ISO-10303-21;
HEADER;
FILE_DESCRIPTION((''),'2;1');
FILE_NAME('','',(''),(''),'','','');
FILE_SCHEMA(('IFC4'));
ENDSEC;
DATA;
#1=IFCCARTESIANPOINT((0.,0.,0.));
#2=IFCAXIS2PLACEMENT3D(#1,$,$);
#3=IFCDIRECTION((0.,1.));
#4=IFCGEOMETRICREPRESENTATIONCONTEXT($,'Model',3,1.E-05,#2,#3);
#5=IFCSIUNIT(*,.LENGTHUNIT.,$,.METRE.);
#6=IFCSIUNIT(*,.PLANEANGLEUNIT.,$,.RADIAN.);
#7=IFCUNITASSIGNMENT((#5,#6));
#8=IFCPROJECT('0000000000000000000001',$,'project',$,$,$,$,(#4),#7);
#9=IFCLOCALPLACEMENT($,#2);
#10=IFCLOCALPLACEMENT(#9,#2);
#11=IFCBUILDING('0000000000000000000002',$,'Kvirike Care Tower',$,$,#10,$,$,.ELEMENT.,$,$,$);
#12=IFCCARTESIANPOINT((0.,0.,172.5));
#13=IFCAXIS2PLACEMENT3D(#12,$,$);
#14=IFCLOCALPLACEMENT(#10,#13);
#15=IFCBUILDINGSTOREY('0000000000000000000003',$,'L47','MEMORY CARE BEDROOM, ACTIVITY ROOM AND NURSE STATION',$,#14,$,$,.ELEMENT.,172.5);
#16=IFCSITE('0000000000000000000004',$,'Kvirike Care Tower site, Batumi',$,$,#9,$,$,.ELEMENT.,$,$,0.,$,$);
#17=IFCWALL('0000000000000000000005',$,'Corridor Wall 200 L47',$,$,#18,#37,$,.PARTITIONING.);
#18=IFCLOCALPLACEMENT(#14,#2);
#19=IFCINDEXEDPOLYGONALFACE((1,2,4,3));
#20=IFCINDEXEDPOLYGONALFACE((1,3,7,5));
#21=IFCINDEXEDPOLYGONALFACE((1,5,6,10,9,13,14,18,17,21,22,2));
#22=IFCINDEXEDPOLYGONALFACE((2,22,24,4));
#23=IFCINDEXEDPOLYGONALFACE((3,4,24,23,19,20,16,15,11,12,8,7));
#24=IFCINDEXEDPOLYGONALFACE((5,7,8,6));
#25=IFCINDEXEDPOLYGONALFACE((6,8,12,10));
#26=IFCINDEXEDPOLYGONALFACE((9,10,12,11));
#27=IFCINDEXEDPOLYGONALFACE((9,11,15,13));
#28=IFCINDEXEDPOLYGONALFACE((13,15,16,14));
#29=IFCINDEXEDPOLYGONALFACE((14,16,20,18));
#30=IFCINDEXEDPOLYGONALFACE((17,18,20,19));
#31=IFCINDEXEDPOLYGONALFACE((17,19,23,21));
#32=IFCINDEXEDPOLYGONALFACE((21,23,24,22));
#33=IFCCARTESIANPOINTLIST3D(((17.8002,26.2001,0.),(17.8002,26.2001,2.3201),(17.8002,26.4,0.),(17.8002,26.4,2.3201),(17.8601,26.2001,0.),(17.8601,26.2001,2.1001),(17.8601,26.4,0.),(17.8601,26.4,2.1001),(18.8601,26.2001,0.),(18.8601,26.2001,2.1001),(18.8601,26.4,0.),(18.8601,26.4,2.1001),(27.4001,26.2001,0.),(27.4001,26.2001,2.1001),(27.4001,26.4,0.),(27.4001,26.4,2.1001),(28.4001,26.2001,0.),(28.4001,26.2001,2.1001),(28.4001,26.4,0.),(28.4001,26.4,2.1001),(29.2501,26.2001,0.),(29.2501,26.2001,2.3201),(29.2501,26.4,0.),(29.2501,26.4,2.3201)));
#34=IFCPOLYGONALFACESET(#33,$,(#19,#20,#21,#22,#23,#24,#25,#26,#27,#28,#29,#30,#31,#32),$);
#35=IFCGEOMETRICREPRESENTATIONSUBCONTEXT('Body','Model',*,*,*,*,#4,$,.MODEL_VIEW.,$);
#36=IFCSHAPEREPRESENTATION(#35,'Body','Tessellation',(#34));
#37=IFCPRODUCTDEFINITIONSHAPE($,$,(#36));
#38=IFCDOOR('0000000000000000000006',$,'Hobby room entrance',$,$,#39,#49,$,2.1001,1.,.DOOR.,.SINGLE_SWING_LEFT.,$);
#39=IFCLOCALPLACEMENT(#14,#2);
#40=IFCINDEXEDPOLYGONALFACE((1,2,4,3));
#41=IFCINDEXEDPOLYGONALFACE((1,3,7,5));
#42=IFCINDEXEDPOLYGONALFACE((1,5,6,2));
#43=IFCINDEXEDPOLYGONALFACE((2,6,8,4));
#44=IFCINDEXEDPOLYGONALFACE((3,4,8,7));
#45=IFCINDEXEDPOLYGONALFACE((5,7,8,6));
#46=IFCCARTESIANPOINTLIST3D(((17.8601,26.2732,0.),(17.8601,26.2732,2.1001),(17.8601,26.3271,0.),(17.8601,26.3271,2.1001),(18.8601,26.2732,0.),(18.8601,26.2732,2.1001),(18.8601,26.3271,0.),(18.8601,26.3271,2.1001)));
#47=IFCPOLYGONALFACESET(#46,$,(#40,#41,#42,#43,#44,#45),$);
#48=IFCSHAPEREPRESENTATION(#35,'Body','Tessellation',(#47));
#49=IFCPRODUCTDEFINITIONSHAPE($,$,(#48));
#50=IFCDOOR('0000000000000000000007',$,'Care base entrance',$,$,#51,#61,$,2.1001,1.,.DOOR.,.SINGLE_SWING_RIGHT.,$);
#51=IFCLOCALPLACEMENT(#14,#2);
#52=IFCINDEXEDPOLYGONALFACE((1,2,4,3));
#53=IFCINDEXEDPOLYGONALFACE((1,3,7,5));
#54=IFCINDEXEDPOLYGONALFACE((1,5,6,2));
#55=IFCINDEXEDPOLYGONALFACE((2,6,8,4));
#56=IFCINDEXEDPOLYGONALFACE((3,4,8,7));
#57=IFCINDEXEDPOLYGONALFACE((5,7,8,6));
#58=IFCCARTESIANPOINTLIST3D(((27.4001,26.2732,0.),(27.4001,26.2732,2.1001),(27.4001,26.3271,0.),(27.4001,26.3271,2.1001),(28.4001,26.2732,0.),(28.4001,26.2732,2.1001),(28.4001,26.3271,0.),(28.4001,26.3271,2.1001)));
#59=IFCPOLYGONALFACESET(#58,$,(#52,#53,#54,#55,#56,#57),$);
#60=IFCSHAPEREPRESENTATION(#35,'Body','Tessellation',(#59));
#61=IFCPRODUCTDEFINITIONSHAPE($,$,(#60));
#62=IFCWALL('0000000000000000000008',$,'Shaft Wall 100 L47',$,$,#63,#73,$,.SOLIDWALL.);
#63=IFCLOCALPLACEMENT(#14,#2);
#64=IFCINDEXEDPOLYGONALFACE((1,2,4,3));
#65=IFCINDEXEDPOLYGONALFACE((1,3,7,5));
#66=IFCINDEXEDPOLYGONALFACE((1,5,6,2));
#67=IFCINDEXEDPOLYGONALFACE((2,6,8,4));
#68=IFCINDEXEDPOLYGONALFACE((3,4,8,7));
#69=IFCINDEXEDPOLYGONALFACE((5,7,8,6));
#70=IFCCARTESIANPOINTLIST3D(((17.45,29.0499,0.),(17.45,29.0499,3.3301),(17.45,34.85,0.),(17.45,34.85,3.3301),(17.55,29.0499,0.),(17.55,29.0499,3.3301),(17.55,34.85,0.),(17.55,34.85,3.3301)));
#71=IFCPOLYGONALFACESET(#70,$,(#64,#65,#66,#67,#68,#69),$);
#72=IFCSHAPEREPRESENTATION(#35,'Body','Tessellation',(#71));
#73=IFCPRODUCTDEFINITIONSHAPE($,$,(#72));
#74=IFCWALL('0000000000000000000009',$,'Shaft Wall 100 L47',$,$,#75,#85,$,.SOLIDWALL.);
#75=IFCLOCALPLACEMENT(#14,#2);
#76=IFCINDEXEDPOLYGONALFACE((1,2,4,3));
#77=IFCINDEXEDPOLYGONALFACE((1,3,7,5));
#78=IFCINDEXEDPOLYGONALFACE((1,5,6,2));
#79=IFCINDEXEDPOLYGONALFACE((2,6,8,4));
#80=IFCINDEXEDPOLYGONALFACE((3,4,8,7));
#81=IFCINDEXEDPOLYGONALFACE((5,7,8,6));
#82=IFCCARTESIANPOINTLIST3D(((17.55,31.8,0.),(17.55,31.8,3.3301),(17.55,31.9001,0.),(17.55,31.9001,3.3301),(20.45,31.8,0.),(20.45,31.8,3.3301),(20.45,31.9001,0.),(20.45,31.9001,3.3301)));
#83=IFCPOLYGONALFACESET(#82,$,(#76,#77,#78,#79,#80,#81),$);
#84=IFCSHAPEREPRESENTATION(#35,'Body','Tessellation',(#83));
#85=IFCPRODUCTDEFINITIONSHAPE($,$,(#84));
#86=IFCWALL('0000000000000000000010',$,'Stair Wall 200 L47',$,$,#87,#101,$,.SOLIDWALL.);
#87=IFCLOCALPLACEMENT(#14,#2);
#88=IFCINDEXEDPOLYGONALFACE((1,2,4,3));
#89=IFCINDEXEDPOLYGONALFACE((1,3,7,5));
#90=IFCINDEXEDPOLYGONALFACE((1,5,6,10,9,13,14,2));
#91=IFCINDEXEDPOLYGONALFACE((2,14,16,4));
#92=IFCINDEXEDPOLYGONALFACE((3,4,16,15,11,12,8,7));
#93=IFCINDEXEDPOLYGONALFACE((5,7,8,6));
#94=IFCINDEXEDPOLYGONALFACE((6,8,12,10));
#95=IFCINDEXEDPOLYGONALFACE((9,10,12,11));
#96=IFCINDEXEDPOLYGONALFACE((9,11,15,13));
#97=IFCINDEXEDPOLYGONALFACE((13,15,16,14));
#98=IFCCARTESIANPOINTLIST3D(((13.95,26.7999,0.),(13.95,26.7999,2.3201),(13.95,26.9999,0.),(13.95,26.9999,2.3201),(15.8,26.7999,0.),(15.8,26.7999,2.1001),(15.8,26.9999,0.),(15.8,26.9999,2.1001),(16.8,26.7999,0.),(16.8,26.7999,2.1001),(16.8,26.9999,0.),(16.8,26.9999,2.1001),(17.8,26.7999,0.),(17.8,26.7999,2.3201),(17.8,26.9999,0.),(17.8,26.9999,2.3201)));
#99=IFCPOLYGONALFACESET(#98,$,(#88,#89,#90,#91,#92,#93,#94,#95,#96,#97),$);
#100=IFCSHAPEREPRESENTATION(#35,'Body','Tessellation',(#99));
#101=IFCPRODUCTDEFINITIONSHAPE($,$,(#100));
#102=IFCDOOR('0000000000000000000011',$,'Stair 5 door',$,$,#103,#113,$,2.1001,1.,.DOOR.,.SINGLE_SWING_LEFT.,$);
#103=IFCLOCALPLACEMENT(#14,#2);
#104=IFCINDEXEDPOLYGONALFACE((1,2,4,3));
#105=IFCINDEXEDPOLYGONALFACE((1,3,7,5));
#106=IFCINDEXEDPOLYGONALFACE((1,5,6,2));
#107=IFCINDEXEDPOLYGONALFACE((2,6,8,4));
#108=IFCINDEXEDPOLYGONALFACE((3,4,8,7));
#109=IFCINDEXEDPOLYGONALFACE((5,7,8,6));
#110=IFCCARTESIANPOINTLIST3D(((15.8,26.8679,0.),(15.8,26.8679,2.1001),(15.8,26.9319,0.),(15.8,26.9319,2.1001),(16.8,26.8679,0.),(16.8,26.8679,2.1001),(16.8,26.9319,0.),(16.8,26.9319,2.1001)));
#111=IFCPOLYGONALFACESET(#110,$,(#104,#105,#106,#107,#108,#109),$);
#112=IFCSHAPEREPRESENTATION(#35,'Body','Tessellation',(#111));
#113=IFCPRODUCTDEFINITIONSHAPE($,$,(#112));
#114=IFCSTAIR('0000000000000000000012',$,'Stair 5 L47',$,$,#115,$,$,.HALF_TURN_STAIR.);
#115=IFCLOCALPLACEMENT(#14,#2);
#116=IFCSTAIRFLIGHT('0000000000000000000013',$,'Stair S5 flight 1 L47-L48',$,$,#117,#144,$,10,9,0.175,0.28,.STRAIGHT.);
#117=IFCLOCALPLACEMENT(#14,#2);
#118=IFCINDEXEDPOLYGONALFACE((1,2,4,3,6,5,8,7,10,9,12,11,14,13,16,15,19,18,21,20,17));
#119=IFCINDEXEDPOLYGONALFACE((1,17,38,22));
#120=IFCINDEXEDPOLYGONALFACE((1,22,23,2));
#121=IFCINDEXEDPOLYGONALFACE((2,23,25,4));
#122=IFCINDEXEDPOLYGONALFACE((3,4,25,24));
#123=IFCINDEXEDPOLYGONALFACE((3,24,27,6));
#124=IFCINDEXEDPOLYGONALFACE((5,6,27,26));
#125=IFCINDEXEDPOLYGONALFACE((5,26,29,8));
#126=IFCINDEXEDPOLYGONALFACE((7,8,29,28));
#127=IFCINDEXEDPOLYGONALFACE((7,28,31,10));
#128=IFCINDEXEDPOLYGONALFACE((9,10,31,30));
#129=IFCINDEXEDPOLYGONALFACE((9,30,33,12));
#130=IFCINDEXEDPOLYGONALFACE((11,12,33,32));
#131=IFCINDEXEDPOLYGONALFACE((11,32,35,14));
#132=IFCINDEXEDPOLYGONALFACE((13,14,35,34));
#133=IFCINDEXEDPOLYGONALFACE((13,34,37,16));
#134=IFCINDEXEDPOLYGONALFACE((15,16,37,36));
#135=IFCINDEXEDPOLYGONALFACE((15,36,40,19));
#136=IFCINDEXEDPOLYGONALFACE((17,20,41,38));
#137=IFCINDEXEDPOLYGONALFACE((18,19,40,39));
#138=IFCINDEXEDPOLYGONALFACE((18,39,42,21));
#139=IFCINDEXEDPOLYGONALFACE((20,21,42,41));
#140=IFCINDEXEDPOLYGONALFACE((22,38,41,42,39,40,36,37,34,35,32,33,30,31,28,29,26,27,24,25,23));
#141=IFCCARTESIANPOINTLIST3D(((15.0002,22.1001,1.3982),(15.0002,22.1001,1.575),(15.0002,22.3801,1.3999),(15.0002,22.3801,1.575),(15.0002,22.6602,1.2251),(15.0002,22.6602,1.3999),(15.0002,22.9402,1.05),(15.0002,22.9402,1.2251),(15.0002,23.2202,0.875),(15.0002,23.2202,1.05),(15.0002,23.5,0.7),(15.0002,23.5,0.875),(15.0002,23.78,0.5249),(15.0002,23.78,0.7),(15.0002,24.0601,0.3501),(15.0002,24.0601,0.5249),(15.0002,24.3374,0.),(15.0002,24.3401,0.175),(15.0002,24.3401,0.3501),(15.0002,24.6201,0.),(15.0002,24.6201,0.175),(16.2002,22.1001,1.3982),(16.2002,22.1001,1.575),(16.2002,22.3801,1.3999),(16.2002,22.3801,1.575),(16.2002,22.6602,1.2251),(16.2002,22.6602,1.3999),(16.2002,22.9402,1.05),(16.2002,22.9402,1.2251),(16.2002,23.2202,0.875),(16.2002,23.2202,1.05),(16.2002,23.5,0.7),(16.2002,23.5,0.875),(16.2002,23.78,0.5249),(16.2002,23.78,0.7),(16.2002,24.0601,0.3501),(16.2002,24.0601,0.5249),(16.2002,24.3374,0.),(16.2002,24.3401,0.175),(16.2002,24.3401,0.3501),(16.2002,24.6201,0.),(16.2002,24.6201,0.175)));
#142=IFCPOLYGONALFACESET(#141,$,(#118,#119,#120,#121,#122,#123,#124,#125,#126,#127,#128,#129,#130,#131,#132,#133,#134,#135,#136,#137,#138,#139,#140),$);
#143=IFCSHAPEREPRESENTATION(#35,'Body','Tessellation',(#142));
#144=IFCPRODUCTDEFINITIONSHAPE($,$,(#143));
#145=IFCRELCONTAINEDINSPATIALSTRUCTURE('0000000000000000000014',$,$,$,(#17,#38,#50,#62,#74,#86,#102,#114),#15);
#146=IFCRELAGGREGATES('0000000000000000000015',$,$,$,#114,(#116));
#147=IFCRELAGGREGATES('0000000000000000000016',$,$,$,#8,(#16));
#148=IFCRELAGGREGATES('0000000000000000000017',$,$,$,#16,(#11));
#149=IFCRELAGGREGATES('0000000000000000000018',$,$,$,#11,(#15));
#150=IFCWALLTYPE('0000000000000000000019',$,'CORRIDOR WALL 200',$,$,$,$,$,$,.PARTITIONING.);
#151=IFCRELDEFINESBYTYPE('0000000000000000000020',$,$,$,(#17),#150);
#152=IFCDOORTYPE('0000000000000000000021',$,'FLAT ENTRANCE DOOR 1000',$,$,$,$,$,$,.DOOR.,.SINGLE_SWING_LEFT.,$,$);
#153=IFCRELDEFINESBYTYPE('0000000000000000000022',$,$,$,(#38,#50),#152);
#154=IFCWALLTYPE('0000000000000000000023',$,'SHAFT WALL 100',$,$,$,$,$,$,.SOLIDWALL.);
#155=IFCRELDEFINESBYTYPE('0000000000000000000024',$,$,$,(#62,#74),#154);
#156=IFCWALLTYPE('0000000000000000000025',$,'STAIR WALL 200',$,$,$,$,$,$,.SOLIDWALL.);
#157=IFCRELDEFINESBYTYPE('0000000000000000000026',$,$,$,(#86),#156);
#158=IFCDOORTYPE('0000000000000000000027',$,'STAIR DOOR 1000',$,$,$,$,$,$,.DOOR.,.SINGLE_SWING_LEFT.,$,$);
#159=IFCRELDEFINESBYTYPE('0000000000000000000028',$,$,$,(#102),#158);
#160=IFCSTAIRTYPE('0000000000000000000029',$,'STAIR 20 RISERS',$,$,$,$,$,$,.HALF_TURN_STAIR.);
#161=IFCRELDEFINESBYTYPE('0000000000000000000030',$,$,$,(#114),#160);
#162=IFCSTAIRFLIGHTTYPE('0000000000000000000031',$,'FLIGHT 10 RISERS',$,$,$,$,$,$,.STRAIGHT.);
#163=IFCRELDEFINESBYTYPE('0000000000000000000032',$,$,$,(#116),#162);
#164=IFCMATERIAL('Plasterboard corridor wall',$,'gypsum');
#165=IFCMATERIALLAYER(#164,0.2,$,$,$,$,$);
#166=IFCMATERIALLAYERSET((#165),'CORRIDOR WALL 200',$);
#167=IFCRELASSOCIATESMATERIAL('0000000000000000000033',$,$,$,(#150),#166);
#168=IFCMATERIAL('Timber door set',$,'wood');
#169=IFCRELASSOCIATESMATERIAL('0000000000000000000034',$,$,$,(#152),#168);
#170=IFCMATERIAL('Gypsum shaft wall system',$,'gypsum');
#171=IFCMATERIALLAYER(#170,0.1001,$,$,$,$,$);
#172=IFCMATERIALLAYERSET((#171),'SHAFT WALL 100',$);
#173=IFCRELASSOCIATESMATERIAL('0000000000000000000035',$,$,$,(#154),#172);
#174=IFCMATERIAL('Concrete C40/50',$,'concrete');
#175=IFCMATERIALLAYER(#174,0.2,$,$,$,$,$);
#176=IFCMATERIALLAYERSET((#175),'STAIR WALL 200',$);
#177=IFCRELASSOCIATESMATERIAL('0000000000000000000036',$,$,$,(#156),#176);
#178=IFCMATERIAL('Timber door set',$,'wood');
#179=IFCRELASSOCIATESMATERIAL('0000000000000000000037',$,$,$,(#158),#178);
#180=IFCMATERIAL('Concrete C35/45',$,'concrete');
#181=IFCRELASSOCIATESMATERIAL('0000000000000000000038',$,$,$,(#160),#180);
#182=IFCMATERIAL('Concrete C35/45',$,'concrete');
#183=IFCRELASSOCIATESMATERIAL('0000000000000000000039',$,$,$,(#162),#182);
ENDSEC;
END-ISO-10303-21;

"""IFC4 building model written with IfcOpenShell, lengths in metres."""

from ifc_helpers import new_model, si_unit, direction, frame, frame_2d, origin, place, context, subcontext, project, spatial, polyline, rectangle, outline, extrude, material, layer, layer_set, type_object, element, fill, aggregate, save


model = new_model("IFC4")

# Units and contexts
model_context = context("Model", 3, precision=1e-05, world=origin(), true_north=direction((0.0, 1.0)))
body_context = subcontext(model_context, "Body", "Model", "MODEL_VIEW")
ifc_project = project(units=[si_unit("LENGTHUNIT", "METRE"), si_unit("PLANEANGLEUNIT", "RADIAN")], contexts=[model_context])

# Site, building, storey
site_placement = place(None, origin())
site = spatial("IfcSite", under=ifc_project, at=site_placement, Name="Kvirike Care Tower site, Batumi", CompositionType="ELEMENT", RefElevation=0.0)
building_placement = place(site_placement, origin())
building = spatial("IfcBuilding", under=site, at=building_placement, Name="Kvirike Care Tower", CompositionType="ELEMENT")
storey_placement = place(building_placement, frame((0.0, 0.0, 172.5)))
storey = spatial("IfcBuildingStorey", under=building, at=storey_placement, Name="L47", Description="MEMORY CARE BEDROOM, ACTIVITY ROOM AND NURSE STATION", CompositionType="ELEMENT", Elevation=172.5)

# Wall, openings, doors
ifc_material_1 = material(Name="Plasterboard corridor wall", Category="gypsum")
ifc_layer_1 = layer(ifc_material_1, 0.2)
ifc_layer_set_1 = layer_set([ifc_layer_1], Name="CORRIDOR WALL 200")
wall_type_1 = type_object("IfcWallType", Name="CORRIDOR WALL 200", PredefinedType="PARTITIONING", material=ifc_layer_set_1)
wall_1_placement = place(storey_placement, frame((17.8, 26.3, 0.0), z_axis=(0.0, 0.0, 1.0), x_axis=(1.0, 0.0, 0.0)))
wall_1 = element("IfcWall", 1, at=wall_1_placement, inside=storey, type_object=wall_type_1, Name="Corridor Wall 200 L47", PredefinedType="PARTITIONING", context=body_context, shape_type="SweptSolid", body=[
    extrude(rectangle(XDim=11.45, YDim=0.2, at=frame_2d((5.7251, 0.0))), origin(), (0.0, 0.0, 1.0), 2.3201),
])
opening_1_placement = place(wall_1_placement, frame((0.0601, 0.0, 0.0)))
opening_1 = element("IfcOpeningElement", 2, at=opening_1_placement, cuts=wall_1, PredefinedType="OPENING", context=body_context, shape_type="SweptSolid", body=[
    extrude(rectangle(XDim=1.0, YDim=2.1001, at=frame_2d((0.5, 1.05))), frame((0.0, 0.1106, 0.0), z_axis=(0.0, -1.0, 0.0), x_axis=(1.0, 0.0, 0.0)), (0.0, 0.0, 1.0), 0.2209),
])
opening_2_placement = place(wall_1_placement, frame((9.6001, 0.0, 0.0)))
opening_2 = element("IfcOpeningElement", 3, at=opening_2_placement, cuts=wall_1, PredefinedType="OPENING", context=body_context, shape_type="SweptSolid", body=[
    extrude(rectangle(XDim=1.0, YDim=2.1001, at=frame_2d((0.5, 1.05))), frame((0.0, 0.1106, 0.0), z_axis=(0.0, -1.0, 0.0), x_axis=(1.0, 0.0, 0.0)), (0.0, 0.0, 1.0), 0.2209),
])
ifc_material_2 = material(Name="Timber door set", Category="wood")
door_type_1 = type_object("IfcDoorType", Name="FLAT ENTRANCE DOOR 1000", OperationType="SINGLE_SWING_LEFT", PredefinedType="DOOR", material=ifc_material_2)
door_1_placement = place(opening_1_placement, frame((1.0, 0.0, 0.0), z_axis=(0.0, 0.0, 1.0), x_axis=(-1.0, 0.0, 0.0)))
door_1 = element("IfcDoor", 4, at=door_1_placement, inside=storey, type_object=door_type_1, Name="Hobby room entrance", OperationType="SINGLE_SWING_LEFT", OverallHeight=2.1001, OverallWidth=1.0, PredefinedType="DOOR", context=body_context, shape_type="SweptSolid", body=[
    extrude(rectangle(XDim=1.0, YDim=2.1001, at=frame_2d((0.5, 1.05))), frame((0.0, 0.0269, 0.0), z_axis=(0.0, -1.0, 0.0), x_axis=(1.0, 0.0, 0.0)), (0.0, 0.0, 1.0), 0.054),
])
fill(opening_1, door_1)
door_2_placement = place(opening_2_placement, frame((1.0, 0.0, 0.0), z_axis=(0.0, 0.0, 1.0), x_axis=(-1.0, 0.0, 0.0)))
door_2 = element("IfcDoor", 5, at=door_2_placement, inside=storey, type_object=door_type_1, Name="Care base entrance", OperationType="SINGLE_SWING_RIGHT", OverallHeight=2.1001, OverallWidth=1.0, PredefinedType="DOOR", context=body_context, shape_type="SweptSolid", body=[
    extrude(rectangle(XDim=1.0, YDim=2.1001, at=frame_2d((0.5, 1.05))), frame((0.0, 0.0269, 0.0), z_axis=(0.0, -1.0, 0.0), x_axis=(1.0, 0.0, 0.0)), (0.0, 0.0, 1.0), 0.054),
])
fill(opening_2, door_2)

# Walls
ifc_material_3 = material(Name="Gypsum shaft wall system", Category="gypsum")
ifc_layer_2 = layer(ifc_material_3, 0.1001)
ifc_layer_set_2 = layer_set([ifc_layer_2], Name="SHAFT WALL 100")
wall_type_2 = type_object("IfcWallType", Name="SHAFT WALL 100", PredefinedType="SOLIDWALL", material=ifc_layer_set_2)
wall_2_placement = place(storey_placement, frame((17.5, 29.05, 0.0), z_axis=(0.0, 0.0, 1.0), x_axis=(0.0, 1.0, 0.0)))
element("IfcWall", 6, at=wall_2_placement, inside=storey, type_object=wall_type_2, Name="Shaft Wall 100 L47", PredefinedType="SOLIDWALL", context=body_context, shape_type="SweptSolid", body=[
    extrude(rectangle(XDim=5.8, YDim=0.1001, at=frame_2d((2.8999, 0.0))), origin(), (0.0, 0.0, 1.0), 3.3301),
])
wall_3_placement = place(storey_placement, frame((17.55, 31.8501, 0.0), z_axis=(0.0, 0.0, 1.0), x_axis=(1.0, 0.0, 0.0)))
element("IfcWall", 7, at=wall_3_placement, inside=storey, type_object=wall_type_2, Name="Shaft Wall 100 L47", PredefinedType="SOLIDWALL", context=body_context, shape_type="SweptSolid", body=[
    extrude(rectangle(XDim=2.8999, YDim=0.1001, at=frame_2d((1.45, 0.0))), origin(), (0.0, 0.0, 1.0), 3.3301),
])

# Wall, opening, door
ifc_material_4 = material(Name="Concrete C40/50", Category="concrete")
ifc_layer_3 = layer(ifc_material_4, 0.2)
ifc_layer_set_3 = layer_set([ifc_layer_3], Name="STAIR WALL 200")
wall_type_3 = type_object("IfcWallType", Name="STAIR WALL 200", PredefinedType="SOLIDWALL", material=ifc_layer_set_3)
wall_4_placement = place(storey_placement, frame((13.95, 26.8999, 0.0), z_axis=(0.0, 0.0, 1.0), x_axis=(1.0, 0.0, 0.0)))
wall_4 = element("IfcWall", 8, at=wall_4_placement, inside=storey, type_object=wall_type_3, Name="Stair Wall 200 L47", PredefinedType="SOLIDWALL", context=body_context, shape_type="SweptSolid", body=[
    extrude(rectangle(XDim=3.8501, YDim=0.2, at=frame_2d((1.925, 0.0))), origin(), (0.0, 0.0, 1.0), 2.3201),
])
opening_3_placement = place(wall_4_placement, frame((1.8501, 0.0, 0.0)))
opening_3 = element("IfcOpeningElement", 9, at=opening_3_placement, cuts=wall_4, PredefinedType="OPENING", context=body_context, shape_type="SweptSolid", body=[
    extrude(rectangle(XDim=1.0, YDim=2.1001, at=frame_2d((0.5, 1.05))), frame((0.0, 0.1106, 0.0), z_axis=(0.0, -1.0, 0.0), x_axis=(1.0, 0.0, 0.0)), (0.0, 0.0, 1.0), 0.2209),
])
ifc_material_5 = material(Name="Timber door set", Category="wood")
door_type_2 = type_object("IfcDoorType", Name="STAIR DOOR 1000", OperationType="SINGLE_SWING_LEFT", PredefinedType="DOOR", material=ifc_material_5)
door_3_placement = place(opening_3_placement, frame((1.0, 0.0, 0.0), z_axis=(0.0, 0.0, 1.0), x_axis=(-1.0, 0.0, 0.0)))
door_3 = element("IfcDoor", 10, at=door_3_placement, inside=storey, type_object=door_type_2, Name="Stair 5 door", OperationType="SINGLE_SWING_LEFT", OverallHeight=2.1001, OverallWidth=1.0, PredefinedType="DOOR", context=body_context, shape_type="SweptSolid", body=[
    extrude(rectangle(XDim=1.0, YDim=2.1001, at=frame_2d((0.5, 1.05))), frame((0.0, 0.032, 0.0), z_axis=(0.0, -1.0, 0.0), x_axis=(1.0, 0.0, 0.0)), (0.0, 0.0, 1.0), 0.064),
])
fill(opening_3, door_3)

# Stair, stair flight
ifc_material_6 = material(Name="Concrete C35/45", Category="concrete")
stair_type = type_object("IfcStairType", Name="STAIR 20 RISERS", PredefinedType="HALF_TURN_STAIR", material=ifc_material_6)
stair_placement = place(storey_placement, origin())
stair = element("IfcStair", 11, at=stair_placement, inside=storey, type_object=stair_type, Name="Stair 5 L47", PredefinedType="HALF_TURN_STAIR")
ifc_material_7 = material(Name="Concrete C35/45", Category="concrete")
stair_flight_type = type_object("IfcStairFlightType", Name="FLIGHT 10 RISERS", PredefinedType="STRAIGHT", material=ifc_material_7)
stair_flight_placement = place(storey_placement, frame((15.6001, 24.6201, 0.0), z_axis=(0.0, 0.0, 1.0), x_axis=(0.0, -1.0, 0.0)))
stair_flight = element("IfcStairFlight", 12, at=stair_flight_placement, type_object=stair_flight_type, Name="Stair S5 flight 1 L47-L48", NumberOfRisers=10, NumberOfTreads=9, PredefinedType="STRAIGHT", RiserHeight=0.175, TreadLength=0.28, context=body_context, shape_type="SweptSolid", body=[
    extrude(outline(polyline([(0.0, 0.0), (0.0, 0.175), (0.28, 0.175), (0.28, 0.3501), (0.5601, 0.3501), (0.5601, 0.5249), (0.8401, 0.5249), (0.8401, 0.7), (1.1201, 0.7), (1.1201, 0.875), (1.3999, 0.875), (1.3999, 1.05), (1.6799, 1.05), (1.6799, 1.2251), (1.96, 1.2251), (1.96, 1.3999), (2.24, 1.3999), (2.24, 1.575), (2.52, 1.575), (2.52, 1.75), (2.52, 1.3982), (0.2827, 0.0), (0.0, 0.0)])), frame((0.0, 0.6001, 0.0), z_axis=(0.0, -1.0, 0.0), x_axis=(1.0, 0.0, 0.0)), (0.0, 0.0, 1.0), 1.2),
])
aggregate(stair, [stair_flight])

save(model, "model.ifc")
